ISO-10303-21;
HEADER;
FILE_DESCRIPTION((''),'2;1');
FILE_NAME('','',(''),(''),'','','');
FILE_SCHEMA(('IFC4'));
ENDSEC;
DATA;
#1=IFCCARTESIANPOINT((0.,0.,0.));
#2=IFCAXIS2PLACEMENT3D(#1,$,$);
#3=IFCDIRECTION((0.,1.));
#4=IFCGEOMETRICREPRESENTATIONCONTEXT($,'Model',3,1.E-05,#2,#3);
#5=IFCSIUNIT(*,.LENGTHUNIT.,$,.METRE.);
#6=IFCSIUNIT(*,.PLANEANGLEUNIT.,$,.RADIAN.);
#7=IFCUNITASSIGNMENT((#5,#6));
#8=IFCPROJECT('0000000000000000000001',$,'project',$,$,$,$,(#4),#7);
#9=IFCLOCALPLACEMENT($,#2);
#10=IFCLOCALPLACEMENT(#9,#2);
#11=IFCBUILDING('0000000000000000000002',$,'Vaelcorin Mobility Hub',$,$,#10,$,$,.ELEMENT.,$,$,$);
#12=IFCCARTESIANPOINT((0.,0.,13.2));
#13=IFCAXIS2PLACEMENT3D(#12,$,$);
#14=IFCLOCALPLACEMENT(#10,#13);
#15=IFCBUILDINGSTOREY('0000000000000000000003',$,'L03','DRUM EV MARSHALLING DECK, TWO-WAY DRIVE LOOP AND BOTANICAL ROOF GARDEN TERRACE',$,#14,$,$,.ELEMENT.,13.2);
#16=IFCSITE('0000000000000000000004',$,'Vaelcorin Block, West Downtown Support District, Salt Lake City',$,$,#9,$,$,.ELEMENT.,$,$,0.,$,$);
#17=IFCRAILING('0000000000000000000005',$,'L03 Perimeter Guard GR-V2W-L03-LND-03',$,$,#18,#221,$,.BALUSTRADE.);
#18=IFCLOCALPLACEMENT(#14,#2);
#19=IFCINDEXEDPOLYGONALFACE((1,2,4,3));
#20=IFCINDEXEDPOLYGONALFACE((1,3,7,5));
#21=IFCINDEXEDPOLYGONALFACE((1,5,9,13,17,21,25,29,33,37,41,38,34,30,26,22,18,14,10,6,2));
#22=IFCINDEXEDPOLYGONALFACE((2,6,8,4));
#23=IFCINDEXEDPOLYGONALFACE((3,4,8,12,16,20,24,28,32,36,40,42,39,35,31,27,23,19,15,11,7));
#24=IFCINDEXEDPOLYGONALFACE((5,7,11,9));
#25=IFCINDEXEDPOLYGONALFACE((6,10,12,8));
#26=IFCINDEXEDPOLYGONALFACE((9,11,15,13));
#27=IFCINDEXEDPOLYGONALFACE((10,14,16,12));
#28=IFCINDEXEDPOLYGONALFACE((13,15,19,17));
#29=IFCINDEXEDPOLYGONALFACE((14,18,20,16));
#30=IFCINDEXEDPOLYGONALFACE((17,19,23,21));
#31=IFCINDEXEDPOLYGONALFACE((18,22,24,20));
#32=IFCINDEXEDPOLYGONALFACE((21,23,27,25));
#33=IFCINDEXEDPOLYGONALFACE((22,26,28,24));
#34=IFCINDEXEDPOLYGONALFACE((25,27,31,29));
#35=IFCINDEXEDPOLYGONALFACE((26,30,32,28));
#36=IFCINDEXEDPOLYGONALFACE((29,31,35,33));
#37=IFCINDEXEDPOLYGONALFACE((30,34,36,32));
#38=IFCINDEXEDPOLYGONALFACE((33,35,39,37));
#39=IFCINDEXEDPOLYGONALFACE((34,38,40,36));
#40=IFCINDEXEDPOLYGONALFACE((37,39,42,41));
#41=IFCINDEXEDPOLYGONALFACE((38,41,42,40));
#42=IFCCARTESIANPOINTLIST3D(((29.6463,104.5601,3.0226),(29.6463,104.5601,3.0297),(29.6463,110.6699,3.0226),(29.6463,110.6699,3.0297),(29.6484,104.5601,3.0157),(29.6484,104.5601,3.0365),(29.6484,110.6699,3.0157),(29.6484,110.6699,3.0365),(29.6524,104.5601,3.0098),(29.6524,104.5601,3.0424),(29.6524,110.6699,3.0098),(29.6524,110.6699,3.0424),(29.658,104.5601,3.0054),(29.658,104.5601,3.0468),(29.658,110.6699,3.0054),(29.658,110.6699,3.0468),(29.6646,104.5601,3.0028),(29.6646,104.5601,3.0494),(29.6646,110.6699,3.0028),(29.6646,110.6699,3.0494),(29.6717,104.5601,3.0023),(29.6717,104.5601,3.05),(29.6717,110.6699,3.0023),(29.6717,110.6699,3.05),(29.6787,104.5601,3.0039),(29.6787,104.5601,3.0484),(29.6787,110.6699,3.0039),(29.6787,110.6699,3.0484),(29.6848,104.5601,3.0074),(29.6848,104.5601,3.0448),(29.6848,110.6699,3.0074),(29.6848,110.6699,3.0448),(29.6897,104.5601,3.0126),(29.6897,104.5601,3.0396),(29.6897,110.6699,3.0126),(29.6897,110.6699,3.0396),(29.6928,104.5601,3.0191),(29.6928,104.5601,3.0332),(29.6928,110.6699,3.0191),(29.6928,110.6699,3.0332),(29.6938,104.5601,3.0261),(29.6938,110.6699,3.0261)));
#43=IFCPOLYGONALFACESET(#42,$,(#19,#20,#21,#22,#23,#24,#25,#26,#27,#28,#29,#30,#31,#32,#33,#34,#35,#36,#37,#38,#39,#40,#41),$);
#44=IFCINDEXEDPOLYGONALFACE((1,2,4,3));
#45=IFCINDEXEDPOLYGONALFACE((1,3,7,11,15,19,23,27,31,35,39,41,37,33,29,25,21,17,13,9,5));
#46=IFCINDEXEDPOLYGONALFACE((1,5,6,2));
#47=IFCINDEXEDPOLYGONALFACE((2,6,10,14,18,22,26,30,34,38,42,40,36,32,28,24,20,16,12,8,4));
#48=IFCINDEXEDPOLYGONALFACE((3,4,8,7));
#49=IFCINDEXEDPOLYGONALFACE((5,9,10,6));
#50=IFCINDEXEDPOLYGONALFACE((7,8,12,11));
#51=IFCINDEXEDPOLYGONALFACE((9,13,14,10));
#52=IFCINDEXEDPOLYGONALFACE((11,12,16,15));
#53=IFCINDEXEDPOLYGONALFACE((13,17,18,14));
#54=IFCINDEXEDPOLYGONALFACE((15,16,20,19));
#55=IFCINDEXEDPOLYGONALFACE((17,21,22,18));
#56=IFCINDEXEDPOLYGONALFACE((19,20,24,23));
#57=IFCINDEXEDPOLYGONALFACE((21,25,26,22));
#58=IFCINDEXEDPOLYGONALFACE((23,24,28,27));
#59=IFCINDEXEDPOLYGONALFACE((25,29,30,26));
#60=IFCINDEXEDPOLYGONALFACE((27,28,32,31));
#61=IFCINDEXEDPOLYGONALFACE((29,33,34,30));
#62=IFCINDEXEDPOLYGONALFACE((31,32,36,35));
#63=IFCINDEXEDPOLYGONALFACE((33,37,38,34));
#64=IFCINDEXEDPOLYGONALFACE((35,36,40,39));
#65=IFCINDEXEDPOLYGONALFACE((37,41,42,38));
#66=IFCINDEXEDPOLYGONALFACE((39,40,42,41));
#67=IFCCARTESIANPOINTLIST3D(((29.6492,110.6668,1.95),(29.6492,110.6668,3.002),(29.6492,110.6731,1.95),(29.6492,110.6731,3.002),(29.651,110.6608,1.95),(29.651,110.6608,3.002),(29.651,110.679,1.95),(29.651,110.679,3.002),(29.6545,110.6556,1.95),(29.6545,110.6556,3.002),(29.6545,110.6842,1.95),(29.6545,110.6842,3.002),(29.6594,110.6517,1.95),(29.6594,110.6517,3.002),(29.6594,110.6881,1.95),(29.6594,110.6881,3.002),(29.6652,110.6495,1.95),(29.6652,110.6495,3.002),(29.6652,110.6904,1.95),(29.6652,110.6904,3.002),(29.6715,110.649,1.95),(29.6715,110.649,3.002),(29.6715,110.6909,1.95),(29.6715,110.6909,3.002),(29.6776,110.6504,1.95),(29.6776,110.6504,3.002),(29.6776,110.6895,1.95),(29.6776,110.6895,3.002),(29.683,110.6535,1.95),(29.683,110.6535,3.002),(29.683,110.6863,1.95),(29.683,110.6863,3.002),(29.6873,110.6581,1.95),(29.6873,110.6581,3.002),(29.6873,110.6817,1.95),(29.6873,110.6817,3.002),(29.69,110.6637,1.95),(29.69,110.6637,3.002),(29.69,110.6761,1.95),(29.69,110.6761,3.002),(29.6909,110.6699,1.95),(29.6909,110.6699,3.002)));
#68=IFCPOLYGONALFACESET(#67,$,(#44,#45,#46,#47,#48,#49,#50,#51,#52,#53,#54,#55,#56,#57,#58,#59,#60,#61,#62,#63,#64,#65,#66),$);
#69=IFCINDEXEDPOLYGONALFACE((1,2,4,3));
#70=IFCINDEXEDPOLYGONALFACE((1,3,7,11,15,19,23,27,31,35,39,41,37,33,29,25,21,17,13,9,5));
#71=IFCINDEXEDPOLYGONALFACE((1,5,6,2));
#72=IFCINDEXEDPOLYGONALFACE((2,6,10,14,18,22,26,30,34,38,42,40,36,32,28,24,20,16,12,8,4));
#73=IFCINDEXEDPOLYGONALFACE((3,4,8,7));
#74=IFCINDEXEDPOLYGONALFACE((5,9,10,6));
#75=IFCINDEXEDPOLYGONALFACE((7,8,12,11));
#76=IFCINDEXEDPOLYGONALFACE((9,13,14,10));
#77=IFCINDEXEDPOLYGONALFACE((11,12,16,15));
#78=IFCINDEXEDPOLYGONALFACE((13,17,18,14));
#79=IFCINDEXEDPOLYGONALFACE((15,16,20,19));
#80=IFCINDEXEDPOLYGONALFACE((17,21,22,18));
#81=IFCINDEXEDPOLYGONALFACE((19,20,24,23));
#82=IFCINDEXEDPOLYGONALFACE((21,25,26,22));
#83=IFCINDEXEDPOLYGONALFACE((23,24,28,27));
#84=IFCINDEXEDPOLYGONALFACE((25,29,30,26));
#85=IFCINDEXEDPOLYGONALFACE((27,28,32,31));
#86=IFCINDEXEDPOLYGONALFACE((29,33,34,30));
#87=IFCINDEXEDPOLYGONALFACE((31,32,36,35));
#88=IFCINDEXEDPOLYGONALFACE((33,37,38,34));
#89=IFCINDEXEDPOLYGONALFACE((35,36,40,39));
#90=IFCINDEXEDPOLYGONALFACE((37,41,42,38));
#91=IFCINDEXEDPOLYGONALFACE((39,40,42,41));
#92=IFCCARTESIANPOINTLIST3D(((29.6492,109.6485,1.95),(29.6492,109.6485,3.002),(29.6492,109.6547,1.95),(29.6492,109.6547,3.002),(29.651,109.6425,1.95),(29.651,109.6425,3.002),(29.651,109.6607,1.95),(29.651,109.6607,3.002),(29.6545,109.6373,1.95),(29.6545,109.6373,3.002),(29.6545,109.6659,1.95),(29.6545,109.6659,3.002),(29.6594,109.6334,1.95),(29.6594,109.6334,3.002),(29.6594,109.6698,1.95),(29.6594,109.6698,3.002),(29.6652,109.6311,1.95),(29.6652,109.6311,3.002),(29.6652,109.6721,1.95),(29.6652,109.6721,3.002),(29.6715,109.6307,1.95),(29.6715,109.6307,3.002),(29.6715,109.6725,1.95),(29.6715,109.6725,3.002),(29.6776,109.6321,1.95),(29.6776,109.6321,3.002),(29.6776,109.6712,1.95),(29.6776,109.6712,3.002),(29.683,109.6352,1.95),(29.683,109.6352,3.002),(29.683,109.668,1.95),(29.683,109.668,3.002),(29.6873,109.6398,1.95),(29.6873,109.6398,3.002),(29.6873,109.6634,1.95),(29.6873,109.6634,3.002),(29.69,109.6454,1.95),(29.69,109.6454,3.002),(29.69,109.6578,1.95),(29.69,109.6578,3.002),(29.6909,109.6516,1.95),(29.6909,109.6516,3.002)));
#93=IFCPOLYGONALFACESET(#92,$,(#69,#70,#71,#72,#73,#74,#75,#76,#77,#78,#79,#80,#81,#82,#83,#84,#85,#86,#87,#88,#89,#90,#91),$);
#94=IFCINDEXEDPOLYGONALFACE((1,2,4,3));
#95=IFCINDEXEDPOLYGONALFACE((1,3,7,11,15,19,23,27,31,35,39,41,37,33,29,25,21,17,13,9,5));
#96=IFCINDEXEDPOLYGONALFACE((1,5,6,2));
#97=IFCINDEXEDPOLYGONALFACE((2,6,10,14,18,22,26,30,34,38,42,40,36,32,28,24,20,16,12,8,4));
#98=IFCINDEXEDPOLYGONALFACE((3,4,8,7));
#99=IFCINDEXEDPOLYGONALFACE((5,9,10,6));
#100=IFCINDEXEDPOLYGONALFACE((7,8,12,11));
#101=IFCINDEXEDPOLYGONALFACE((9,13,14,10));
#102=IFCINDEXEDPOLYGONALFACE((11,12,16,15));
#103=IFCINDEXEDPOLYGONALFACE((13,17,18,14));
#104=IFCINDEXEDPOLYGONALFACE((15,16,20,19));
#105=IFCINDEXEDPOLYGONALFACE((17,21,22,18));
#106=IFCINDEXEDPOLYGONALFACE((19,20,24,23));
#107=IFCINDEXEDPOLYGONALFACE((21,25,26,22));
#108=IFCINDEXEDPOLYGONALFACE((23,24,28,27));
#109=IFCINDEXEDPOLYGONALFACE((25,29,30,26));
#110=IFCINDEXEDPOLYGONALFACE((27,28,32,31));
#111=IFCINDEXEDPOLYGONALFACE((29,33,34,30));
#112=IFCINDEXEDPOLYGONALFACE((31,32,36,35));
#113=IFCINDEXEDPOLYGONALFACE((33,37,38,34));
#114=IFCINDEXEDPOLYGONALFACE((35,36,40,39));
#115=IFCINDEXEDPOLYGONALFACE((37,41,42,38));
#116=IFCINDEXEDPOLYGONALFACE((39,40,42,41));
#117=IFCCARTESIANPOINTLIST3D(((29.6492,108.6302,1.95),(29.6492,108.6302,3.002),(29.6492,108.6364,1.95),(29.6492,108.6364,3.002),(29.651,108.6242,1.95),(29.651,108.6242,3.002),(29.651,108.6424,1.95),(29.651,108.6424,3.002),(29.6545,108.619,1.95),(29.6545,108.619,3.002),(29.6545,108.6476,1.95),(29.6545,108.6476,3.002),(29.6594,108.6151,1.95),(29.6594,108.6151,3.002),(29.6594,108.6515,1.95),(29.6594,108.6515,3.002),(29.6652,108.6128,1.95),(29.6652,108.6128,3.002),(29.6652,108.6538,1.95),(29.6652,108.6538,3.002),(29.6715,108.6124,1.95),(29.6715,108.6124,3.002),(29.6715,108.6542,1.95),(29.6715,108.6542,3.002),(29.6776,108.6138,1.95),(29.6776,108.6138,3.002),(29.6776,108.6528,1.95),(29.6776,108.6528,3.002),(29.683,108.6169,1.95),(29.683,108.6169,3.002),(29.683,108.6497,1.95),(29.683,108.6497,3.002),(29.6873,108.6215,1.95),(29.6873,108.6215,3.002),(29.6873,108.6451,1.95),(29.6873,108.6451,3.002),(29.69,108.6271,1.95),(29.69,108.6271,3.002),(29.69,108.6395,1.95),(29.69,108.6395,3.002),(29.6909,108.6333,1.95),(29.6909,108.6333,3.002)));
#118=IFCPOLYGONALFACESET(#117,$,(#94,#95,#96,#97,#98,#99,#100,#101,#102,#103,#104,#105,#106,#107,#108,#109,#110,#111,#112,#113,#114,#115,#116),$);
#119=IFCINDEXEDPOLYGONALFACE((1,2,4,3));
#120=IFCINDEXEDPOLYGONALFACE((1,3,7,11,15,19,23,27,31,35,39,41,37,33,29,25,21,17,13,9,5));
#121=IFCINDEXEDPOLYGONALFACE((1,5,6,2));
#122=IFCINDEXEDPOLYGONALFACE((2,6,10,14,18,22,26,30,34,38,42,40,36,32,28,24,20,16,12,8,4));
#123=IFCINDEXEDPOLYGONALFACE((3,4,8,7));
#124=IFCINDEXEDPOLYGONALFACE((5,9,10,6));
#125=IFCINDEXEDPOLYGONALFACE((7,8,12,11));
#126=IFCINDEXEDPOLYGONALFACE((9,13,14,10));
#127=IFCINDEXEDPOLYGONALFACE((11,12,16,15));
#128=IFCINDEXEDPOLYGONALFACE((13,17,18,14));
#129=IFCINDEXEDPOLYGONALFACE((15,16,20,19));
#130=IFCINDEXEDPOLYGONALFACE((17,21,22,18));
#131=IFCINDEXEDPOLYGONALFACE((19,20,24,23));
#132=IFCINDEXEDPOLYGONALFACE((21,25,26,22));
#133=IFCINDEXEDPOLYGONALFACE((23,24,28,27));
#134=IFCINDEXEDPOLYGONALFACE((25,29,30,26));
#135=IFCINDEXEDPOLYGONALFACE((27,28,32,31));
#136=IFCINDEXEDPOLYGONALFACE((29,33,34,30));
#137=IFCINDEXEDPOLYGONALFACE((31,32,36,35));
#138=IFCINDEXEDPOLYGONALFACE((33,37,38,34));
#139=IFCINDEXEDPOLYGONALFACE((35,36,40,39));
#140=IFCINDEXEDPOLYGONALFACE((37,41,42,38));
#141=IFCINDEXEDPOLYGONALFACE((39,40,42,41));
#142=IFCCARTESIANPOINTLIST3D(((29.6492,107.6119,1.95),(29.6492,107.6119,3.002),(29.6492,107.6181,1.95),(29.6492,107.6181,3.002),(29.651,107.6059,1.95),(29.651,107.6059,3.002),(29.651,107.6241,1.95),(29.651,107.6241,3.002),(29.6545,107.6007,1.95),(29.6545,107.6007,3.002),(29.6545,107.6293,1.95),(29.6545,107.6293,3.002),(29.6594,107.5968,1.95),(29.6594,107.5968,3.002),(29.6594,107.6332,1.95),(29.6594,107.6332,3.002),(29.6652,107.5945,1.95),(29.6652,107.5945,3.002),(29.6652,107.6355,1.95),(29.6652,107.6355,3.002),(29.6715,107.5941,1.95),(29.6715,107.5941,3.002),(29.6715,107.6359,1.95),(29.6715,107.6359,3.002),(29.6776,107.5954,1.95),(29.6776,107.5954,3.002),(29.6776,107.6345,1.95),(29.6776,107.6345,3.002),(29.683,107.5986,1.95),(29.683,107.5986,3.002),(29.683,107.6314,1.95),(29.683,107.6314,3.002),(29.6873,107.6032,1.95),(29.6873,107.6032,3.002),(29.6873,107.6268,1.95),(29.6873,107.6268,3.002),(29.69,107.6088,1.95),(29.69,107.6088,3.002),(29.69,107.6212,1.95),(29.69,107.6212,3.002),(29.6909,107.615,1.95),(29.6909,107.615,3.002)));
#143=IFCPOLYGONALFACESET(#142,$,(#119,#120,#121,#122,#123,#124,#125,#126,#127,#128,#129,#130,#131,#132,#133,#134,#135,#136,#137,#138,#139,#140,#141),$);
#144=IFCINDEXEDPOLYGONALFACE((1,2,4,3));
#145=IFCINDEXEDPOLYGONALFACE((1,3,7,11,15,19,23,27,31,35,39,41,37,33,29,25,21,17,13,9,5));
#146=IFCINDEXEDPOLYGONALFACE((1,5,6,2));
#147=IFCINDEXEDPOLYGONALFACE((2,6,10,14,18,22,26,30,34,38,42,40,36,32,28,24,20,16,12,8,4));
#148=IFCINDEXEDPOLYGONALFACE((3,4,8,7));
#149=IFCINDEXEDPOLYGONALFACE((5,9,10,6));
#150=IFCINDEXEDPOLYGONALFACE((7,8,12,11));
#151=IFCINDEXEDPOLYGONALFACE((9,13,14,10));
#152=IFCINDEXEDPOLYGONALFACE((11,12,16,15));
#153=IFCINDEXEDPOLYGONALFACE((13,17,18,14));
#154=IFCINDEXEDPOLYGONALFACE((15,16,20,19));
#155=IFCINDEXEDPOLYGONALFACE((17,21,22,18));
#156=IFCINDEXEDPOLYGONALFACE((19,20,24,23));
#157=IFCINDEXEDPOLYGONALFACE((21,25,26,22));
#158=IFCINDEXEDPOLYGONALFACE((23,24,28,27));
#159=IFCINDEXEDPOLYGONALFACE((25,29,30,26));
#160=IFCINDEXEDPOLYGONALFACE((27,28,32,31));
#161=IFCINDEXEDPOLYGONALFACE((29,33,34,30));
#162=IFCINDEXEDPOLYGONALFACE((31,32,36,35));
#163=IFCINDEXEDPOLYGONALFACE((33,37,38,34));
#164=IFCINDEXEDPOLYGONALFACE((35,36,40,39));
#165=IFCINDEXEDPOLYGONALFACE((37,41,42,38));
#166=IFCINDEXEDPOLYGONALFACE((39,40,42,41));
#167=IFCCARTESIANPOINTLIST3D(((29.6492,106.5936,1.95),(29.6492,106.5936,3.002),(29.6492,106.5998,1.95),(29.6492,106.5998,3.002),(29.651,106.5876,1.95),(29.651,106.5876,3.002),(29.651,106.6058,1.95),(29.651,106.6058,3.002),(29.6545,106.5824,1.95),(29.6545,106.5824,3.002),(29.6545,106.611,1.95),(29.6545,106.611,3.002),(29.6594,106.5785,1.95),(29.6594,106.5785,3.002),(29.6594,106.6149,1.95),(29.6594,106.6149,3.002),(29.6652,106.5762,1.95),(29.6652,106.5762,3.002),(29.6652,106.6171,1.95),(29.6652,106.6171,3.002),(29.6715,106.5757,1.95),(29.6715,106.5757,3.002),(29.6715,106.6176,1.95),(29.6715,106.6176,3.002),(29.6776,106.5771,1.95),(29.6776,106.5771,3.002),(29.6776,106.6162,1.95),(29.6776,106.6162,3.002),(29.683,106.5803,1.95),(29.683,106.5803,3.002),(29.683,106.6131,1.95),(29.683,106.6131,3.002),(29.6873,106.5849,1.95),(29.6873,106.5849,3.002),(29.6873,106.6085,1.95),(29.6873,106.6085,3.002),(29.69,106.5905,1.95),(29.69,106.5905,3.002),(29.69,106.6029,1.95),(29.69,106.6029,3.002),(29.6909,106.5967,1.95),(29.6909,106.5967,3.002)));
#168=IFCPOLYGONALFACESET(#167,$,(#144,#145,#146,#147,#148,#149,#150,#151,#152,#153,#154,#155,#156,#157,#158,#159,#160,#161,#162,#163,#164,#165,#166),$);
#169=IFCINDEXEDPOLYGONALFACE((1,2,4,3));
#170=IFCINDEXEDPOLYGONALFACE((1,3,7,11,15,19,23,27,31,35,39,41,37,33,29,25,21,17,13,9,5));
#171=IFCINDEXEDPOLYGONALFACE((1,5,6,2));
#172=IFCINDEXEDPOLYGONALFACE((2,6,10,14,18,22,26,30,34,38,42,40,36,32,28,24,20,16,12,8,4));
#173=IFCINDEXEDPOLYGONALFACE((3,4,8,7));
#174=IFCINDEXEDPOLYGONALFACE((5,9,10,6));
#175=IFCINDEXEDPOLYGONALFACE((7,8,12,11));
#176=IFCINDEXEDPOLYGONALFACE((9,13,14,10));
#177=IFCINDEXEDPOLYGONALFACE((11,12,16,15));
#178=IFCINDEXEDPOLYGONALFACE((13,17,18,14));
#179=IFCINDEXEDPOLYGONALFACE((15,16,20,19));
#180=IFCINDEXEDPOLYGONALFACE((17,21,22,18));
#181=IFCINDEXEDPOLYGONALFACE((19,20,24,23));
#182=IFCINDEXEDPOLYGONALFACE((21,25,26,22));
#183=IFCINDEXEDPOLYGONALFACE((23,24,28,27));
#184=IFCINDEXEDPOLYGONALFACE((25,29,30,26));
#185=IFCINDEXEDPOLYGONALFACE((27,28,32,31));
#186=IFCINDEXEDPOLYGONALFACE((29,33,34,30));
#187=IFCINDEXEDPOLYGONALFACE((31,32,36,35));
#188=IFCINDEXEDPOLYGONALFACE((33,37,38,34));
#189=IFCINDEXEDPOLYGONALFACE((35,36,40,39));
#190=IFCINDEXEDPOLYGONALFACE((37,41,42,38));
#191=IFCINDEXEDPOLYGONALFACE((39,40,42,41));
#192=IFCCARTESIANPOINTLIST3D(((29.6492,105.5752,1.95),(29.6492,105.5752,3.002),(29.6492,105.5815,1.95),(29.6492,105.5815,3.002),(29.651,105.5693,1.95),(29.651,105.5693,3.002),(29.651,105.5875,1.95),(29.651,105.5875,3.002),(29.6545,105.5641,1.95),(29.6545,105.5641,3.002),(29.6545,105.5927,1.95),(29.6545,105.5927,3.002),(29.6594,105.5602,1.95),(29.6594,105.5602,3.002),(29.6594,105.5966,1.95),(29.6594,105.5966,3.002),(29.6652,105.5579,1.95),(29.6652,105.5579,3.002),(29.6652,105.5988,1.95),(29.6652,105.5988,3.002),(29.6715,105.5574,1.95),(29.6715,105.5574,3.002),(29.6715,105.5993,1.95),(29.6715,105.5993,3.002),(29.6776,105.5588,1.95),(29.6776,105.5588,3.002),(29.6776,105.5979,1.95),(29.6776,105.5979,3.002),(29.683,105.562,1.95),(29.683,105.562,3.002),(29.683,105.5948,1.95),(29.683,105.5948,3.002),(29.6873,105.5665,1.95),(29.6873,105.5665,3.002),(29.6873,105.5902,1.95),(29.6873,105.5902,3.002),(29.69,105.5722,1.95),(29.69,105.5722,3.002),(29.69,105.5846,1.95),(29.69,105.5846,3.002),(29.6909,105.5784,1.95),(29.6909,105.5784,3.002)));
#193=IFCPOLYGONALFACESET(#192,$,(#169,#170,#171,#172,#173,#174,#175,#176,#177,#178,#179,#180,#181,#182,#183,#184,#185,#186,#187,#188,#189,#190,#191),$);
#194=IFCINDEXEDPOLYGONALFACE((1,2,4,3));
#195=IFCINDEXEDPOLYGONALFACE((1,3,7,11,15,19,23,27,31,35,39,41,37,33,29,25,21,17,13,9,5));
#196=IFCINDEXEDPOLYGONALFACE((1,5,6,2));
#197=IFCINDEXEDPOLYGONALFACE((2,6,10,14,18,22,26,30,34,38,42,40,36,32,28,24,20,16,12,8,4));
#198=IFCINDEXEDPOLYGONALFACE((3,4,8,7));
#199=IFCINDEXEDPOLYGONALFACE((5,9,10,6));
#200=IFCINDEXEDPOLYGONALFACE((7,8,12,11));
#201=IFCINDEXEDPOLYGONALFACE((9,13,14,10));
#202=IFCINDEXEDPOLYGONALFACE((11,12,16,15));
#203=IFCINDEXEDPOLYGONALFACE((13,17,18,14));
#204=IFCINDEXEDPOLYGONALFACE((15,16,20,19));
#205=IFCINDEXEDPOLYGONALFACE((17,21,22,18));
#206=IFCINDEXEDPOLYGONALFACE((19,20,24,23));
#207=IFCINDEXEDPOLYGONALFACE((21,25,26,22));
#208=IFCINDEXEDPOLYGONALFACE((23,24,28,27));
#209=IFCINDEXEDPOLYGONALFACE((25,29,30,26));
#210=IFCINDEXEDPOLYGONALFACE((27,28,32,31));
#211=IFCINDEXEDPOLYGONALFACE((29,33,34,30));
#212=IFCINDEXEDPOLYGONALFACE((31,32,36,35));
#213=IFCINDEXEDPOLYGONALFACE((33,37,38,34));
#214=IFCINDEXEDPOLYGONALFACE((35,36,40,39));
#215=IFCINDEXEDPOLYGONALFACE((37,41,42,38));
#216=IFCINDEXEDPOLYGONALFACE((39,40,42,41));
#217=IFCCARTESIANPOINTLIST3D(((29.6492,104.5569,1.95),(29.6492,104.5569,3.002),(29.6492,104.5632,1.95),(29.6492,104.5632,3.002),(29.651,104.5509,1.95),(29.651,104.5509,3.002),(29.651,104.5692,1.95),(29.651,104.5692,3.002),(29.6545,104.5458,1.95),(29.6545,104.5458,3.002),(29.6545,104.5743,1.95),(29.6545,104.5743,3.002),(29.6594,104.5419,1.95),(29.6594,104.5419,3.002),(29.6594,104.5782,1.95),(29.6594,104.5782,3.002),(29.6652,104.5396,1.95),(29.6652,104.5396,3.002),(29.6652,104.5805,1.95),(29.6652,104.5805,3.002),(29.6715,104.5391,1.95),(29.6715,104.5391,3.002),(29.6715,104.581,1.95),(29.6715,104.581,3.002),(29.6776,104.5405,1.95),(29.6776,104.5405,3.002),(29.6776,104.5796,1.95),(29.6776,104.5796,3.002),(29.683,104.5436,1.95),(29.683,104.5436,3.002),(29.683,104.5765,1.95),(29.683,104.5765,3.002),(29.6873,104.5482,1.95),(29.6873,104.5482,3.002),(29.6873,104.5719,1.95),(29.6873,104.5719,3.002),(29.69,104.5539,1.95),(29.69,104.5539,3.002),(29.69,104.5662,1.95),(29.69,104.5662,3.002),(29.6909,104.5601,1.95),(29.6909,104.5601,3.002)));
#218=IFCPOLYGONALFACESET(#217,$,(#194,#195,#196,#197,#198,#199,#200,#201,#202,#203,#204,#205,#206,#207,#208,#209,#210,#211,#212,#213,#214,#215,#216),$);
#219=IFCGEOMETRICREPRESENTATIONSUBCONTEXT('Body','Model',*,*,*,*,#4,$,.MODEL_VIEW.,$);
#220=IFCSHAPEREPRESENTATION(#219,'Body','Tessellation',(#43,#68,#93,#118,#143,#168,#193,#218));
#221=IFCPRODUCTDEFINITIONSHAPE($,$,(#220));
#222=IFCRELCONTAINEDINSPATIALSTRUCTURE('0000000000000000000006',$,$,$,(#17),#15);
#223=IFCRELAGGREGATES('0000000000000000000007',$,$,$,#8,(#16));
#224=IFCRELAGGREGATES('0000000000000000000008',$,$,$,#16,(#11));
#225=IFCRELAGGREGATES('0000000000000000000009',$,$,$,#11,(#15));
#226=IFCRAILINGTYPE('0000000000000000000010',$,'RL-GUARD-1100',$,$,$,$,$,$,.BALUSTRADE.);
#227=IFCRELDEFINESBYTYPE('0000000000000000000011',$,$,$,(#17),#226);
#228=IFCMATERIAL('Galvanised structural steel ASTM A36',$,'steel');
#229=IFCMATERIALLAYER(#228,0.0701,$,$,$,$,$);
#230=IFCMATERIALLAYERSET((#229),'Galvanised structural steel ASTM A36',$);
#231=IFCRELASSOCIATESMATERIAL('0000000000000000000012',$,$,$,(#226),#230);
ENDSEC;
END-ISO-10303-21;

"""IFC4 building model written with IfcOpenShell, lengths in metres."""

from ifc_helpers import new_model, si_unit, direction, frame, origin, origin_2d, place, context, subcontext, project, spatial, circle, extrude, material, layer, layer_set, type_object, element, save


model = new_model("IFC4")

# Units and contexts
model_context = context("Model", 3, precision=1e-05, world=origin(), true_north=direction((0.0, 1.0)))
body_context = subcontext(model_context, "Body", "Model", "MODEL_VIEW")
ifc_project = project(units=[si_unit("LENGTHUNIT", "METRE"), si_unit("PLANEANGLEUNIT", "RADIAN")], contexts=[model_context])

# Site, building, storey
site_placement = place(None, origin())
site = spatial("IfcSite", under=ifc_project, at=site_placement, Name="Vaelcorin Block, West Downtown Support District, Salt Lake City", CompositionType="ELEMENT", RefElevation=0.0)
building_placement = place(site_placement, origin())
building = spatial("IfcBuilding", under=site, at=building_placement, Name="Vaelcorin Mobility Hub", CompositionType="ELEMENT")
storey_placement = place(building_placement, frame((0.0, 0.0, 13.2)))
storey = spatial("IfcBuildingStorey", under=building, at=storey_placement, Name="L03", Description="DRUM EV MARSHALLING DECK, TWO-WAY DRIVE LOOP AND BOTANICAL ROOF GARDEN TERRACE", CompositionType="ELEMENT", Elevation=13.2)

# Railing
ifc_material_1 = material(Name="Galvanised structural steel ASTM A36", Category="steel")
ifc_layer_1 = layer(ifc_material_1, 0.0701)
ifc_layer_set_1 = layer_set([ifc_layer_1], Name="Galvanised structural steel ASTM A36")
railing_type = type_object("IfcRailingType", Name="RL-GUARD-1100", PredefinedType="BALUSTRADE", material=ifc_layer_set_1)
railing_1_placement = place(storey_placement, frame((29.6699, 110.6699, 1.95)))
element("IfcRailing", 1, at=railing_1_placement, inside=storey, type_object=railing_type, Name="L03 Perimeter Guard GR-V2W-L03-LND-03", PredefinedType="BALUSTRADE", context=body_context, shape_type="SweptSolid", body=[
    extrude(circle(Radius=0.0239, at=origin_2d()), frame((0.0, 0.0, 1.0762), z_axis=(0.0, -1.0, 0.0), x_axis=(1.0, 0.0, 0.0)), (0.0, 0.0, 1.0), 6.1099),
    extrude(circle(Radius=0.021, at=origin_2d()), origin(), (0.0, 0.0, 1.0), 1.052),
    extrude(circle(Radius=0.021, at=origin_2d()), frame((0.0, -1.0183, 0.0)), (0.0, 0.0, 1.0), 1.052),
    extrude(circle(Radius=0.021, at=origin_2d()), frame((0.0, -2.0366, 0.0)), (0.0, 0.0, 1.0), 1.052),
    extrude(circle(Radius=0.021, at=origin_2d()), frame((0.0, -3.0549, 0.0)), (0.0, 0.0, 1.0), 1.052),
    extrude(circle(Radius=0.021, at=origin_2d()), frame((0.0, -4.0732, 0.0)), (0.0, 0.0, 1.0), 1.052),
    extrude(circle(Radius=0.021, at=origin_2d()), frame((0.0, -5.0916, 0.0)), (0.0, 0.0, 1.0), 1.052),
    extrude(circle(Radius=0.021, at=origin_2d()), frame((0.0, -6.1099, 0.0)), (0.0, 0.0, 1.0), 1.052),
])

save(model, "model.ifc")
